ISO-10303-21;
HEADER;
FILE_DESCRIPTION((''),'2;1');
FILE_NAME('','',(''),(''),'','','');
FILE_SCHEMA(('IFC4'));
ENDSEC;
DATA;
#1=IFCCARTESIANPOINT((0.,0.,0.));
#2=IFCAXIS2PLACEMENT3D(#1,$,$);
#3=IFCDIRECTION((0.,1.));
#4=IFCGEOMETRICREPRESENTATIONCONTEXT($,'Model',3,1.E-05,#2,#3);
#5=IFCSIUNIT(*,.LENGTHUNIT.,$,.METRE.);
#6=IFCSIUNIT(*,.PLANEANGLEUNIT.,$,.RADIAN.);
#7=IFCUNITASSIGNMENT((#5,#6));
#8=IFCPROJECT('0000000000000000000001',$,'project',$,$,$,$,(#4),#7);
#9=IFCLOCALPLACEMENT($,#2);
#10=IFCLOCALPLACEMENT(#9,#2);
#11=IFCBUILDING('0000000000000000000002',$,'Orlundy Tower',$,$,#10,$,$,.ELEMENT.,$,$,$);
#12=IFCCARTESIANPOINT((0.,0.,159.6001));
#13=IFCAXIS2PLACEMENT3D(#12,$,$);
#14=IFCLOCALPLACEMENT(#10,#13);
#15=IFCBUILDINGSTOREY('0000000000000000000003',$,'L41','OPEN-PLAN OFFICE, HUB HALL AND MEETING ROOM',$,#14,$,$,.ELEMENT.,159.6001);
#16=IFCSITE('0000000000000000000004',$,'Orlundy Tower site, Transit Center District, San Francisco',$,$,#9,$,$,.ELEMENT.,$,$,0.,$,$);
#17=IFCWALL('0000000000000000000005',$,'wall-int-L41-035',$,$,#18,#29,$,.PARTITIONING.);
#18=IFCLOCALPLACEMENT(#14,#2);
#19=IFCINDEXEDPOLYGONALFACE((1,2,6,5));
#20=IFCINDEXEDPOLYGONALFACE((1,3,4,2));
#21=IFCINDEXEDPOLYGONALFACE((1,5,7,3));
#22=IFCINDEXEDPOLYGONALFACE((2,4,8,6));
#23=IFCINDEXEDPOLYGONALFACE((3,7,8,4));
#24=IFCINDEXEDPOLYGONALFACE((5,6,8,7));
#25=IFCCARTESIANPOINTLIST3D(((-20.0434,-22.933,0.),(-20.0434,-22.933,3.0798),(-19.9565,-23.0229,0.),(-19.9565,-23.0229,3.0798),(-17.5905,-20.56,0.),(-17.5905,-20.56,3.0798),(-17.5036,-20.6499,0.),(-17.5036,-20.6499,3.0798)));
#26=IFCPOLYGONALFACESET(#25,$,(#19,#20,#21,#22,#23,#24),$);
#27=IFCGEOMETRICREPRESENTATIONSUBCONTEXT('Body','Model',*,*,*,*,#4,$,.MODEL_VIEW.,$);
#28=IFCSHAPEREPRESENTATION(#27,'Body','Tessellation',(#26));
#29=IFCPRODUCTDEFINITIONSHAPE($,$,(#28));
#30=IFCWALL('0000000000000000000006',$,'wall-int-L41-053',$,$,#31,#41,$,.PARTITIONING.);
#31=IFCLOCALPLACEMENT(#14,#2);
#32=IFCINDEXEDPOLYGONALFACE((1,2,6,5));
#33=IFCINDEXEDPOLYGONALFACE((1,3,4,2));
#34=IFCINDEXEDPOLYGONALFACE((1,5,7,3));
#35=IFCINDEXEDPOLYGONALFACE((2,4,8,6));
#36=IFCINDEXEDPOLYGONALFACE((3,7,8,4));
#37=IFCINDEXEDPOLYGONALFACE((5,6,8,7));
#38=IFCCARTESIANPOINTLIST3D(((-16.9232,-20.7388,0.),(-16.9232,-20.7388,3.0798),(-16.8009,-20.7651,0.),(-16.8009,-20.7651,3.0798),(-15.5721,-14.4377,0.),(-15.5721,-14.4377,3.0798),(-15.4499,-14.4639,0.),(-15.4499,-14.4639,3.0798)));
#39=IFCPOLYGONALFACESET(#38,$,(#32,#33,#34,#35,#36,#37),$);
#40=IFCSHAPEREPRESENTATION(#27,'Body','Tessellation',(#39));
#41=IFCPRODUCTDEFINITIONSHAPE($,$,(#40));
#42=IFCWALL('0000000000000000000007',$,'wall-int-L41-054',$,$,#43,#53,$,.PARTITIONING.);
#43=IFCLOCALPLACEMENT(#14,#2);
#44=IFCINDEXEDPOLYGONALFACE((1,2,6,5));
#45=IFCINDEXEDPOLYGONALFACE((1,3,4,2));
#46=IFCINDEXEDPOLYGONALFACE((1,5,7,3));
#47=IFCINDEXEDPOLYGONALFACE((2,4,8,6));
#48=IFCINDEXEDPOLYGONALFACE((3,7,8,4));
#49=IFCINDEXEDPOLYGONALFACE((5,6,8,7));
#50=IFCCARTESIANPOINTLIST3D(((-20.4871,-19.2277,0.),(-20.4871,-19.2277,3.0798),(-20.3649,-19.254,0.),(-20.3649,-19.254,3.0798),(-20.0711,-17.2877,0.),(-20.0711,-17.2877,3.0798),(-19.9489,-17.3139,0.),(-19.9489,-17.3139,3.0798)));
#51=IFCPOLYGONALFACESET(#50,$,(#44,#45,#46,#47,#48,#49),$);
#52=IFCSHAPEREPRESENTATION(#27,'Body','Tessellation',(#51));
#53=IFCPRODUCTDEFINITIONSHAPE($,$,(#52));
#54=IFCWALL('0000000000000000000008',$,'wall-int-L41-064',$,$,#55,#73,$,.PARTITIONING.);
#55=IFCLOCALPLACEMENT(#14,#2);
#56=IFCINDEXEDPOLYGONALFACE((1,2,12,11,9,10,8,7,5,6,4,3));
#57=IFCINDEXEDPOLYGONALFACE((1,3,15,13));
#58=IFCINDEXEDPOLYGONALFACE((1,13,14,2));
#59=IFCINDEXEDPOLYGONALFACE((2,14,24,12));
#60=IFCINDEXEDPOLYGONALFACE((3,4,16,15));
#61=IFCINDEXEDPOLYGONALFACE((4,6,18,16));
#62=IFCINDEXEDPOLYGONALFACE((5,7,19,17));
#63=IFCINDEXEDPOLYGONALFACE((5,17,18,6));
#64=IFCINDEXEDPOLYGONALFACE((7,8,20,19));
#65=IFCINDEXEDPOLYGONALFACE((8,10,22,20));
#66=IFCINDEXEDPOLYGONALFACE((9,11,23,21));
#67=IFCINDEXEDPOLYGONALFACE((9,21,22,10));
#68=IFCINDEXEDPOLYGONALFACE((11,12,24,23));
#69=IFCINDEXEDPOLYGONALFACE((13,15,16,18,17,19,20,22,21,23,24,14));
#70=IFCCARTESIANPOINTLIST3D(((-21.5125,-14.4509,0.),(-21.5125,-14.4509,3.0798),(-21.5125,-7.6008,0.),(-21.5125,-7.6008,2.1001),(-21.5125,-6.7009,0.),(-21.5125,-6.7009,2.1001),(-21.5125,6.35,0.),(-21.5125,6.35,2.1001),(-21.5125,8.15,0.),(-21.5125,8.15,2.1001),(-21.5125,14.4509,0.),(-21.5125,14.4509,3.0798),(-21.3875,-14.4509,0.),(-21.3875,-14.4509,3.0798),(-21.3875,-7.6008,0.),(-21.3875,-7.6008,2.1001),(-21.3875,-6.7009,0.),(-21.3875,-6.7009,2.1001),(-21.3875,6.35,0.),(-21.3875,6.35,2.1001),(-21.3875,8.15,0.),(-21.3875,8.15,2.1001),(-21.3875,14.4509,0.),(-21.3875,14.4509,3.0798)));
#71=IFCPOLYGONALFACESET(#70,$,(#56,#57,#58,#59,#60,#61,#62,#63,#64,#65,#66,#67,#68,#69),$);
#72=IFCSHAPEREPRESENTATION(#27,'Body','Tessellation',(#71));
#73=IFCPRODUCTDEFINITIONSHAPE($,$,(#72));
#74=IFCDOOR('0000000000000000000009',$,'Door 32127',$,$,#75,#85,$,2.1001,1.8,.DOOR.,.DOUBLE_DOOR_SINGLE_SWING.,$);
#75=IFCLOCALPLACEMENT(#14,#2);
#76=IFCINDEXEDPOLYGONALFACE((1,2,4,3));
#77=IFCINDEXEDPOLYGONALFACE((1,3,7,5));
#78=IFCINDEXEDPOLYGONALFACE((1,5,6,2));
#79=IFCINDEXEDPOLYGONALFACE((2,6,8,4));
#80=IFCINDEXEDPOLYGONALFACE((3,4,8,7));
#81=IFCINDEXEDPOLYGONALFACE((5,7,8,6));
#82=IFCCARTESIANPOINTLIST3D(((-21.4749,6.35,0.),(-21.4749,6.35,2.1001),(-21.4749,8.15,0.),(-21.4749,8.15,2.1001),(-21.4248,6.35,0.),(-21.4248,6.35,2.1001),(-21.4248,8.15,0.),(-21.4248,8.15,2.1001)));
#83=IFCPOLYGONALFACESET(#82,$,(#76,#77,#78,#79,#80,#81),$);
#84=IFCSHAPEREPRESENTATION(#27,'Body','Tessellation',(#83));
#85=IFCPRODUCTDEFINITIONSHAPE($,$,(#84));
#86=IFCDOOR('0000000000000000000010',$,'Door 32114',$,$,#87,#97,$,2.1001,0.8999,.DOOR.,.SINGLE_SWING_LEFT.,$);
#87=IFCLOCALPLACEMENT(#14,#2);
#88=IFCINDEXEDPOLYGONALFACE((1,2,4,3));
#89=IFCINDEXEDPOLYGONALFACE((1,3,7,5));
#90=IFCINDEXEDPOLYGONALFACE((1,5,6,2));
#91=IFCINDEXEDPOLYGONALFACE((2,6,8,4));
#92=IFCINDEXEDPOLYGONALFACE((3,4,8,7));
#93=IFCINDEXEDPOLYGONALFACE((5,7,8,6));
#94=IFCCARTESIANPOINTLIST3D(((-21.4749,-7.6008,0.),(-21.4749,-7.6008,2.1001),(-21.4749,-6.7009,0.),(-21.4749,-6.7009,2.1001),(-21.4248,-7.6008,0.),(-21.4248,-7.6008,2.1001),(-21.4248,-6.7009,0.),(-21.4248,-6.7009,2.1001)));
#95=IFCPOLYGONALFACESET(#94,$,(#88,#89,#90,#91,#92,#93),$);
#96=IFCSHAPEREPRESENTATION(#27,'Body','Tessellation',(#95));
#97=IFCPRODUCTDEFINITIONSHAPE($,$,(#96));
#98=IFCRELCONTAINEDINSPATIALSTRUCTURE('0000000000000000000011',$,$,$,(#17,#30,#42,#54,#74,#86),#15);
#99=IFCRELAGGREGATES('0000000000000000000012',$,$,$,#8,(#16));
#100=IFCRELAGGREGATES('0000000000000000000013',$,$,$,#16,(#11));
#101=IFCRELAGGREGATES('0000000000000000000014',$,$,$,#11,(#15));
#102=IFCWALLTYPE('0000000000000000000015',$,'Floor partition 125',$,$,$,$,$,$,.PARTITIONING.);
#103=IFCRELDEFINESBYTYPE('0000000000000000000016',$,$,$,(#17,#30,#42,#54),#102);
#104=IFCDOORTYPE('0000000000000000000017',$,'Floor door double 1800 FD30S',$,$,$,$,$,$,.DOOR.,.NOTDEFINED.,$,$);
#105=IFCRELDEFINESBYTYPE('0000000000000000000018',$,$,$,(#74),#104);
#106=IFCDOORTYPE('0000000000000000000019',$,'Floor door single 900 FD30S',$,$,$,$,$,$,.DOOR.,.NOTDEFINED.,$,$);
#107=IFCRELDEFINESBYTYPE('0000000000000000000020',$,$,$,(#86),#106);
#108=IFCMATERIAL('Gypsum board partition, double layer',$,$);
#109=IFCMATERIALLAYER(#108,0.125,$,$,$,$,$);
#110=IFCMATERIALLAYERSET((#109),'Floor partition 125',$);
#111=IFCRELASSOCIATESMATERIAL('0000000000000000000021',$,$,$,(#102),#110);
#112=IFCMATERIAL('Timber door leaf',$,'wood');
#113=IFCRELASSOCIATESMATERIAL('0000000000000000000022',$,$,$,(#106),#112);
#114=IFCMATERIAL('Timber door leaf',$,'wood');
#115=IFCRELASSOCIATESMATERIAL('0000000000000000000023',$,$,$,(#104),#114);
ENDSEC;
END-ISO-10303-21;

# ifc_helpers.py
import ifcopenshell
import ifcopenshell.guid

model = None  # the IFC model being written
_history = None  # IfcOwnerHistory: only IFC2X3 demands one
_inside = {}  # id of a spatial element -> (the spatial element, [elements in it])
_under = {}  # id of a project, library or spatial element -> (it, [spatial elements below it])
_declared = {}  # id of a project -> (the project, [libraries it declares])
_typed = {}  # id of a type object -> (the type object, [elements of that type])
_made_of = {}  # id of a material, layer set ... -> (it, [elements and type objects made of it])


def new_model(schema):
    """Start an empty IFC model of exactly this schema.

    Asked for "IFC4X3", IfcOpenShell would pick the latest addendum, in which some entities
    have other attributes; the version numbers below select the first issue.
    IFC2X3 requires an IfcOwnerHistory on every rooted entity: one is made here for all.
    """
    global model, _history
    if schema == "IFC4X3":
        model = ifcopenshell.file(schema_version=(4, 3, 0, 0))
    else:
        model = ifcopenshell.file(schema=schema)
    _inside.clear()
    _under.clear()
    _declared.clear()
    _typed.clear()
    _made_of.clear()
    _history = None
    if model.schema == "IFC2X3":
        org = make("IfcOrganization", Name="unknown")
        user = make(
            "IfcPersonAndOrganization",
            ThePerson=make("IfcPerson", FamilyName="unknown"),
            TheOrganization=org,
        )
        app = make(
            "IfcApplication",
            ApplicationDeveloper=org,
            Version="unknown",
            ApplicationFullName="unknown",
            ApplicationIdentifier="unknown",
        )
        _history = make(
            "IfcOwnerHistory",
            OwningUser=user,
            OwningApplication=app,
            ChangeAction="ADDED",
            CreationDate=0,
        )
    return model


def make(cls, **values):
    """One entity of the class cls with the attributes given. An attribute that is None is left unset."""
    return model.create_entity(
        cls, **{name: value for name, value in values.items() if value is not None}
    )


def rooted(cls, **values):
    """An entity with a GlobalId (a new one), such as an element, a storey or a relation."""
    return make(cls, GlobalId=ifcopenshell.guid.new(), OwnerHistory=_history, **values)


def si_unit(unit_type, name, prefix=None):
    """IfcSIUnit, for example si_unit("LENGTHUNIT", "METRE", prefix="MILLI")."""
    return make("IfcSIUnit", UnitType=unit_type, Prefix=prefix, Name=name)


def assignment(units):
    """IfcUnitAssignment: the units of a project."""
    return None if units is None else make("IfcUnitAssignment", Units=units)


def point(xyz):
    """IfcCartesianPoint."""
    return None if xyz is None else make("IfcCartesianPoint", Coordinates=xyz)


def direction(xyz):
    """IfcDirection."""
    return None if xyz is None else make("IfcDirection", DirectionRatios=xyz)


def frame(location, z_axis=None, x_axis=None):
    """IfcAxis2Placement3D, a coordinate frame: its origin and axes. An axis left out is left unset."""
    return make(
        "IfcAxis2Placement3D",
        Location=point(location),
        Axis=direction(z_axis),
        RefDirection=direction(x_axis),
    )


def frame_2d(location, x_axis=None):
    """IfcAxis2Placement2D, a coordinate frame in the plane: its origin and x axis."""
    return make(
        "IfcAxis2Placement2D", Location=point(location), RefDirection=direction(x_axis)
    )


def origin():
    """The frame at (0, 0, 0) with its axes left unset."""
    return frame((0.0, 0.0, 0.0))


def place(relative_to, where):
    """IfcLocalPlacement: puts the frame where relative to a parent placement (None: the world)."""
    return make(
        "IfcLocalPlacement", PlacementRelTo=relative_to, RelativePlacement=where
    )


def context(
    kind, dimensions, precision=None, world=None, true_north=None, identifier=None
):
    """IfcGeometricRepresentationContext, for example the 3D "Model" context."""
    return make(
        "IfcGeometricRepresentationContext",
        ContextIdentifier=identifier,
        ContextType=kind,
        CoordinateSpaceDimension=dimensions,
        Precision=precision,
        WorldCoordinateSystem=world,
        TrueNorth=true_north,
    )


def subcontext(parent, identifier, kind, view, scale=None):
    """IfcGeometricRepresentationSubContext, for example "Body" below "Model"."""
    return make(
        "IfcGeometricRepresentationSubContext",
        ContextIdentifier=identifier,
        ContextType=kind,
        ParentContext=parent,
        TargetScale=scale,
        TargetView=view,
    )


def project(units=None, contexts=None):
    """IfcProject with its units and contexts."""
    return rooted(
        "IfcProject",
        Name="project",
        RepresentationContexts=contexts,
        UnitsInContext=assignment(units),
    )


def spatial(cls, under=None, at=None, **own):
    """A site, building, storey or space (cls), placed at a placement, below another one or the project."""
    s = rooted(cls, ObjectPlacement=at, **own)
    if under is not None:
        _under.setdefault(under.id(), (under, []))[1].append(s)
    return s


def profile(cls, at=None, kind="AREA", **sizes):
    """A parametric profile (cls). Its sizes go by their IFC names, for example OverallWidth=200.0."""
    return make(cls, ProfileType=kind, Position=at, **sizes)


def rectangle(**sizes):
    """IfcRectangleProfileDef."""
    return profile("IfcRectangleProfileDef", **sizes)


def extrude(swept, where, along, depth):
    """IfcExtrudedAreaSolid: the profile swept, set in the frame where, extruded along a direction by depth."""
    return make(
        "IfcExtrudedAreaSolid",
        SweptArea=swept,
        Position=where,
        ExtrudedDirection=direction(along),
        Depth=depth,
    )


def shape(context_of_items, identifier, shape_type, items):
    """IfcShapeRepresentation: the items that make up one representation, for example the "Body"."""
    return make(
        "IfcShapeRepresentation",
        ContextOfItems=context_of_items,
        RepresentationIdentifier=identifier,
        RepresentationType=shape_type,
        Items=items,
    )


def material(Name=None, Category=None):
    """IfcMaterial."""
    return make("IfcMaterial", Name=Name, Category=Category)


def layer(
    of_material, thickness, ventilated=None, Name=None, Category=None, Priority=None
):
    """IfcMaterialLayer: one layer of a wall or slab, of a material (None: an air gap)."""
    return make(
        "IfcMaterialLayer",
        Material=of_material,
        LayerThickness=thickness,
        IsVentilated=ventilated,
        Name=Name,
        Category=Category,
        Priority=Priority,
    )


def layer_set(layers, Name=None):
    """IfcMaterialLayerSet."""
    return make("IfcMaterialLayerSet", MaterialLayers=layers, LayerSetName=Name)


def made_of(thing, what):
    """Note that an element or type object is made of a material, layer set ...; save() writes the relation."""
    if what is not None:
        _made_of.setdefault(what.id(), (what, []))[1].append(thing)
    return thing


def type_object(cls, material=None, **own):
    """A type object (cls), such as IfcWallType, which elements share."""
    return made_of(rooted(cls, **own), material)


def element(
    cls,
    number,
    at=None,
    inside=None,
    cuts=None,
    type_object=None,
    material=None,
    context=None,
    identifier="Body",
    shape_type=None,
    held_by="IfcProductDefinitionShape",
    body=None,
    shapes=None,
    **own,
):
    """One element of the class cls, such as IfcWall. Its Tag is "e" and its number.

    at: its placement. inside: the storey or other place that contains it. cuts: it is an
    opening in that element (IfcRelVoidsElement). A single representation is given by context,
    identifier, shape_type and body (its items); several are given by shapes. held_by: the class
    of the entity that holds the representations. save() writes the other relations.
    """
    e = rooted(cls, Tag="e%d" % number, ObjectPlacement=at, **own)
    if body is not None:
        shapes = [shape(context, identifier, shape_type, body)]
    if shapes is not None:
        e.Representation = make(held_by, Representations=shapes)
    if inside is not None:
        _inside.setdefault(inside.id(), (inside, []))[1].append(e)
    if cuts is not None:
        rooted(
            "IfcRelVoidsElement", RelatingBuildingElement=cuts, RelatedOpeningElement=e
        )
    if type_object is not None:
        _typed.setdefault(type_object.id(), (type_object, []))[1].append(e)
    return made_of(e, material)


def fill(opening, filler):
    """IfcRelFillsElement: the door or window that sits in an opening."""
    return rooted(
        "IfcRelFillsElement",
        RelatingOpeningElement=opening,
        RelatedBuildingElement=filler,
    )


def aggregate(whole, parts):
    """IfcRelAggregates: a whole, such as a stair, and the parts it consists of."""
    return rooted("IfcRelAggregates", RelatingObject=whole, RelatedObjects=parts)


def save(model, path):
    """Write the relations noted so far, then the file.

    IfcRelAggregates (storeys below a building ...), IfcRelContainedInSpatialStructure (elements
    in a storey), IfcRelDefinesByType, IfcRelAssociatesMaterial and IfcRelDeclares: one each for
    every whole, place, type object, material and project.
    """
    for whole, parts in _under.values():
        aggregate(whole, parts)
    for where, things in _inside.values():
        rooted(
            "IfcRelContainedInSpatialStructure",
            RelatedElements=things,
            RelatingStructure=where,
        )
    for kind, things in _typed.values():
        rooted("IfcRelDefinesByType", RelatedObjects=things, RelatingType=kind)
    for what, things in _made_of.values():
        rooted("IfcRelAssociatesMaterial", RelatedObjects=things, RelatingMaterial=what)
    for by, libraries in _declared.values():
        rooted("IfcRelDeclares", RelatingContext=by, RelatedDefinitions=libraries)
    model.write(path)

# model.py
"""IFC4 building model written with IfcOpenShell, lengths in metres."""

from ifc_helpers import new_model, si_unit, direction, frame, frame_2d, origin, place, context, subcontext, project, spatial, rectangle, extrude, material, layer, layer_set, type_object, element, fill, save


model = new_model("IFC4")

# Units and contexts
model_context = context("Model", 3, precision=1e-05, world=origin(), true_north=direction((0.0, 1.0)))
body_context = subcontext(model_context, "Body", "Model", "MODEL_VIEW")
ifc_project = project(units=[si_unit("LENGTHUNIT", "METRE"), si_unit("PLANEANGLEUNIT", "RADIAN")], contexts=[model_context])

# Site, building, storey
site_placement = place(None, origin())
site = spatial("IfcSite", under=ifc_project, at=site_placement, Name="Orlundy Tower site, Transit Center District, San Francisco", CompositionType="ELEMENT", RefElevation=0.0)
building_placement = place(site_placement, origin())
building = spatial("IfcBuilding", under=site, at=building_placement, Name="Orlundy Tower", CompositionType="ELEMENT")
storey_placement = place(building_placement, frame((0.0, 0.0, 159.6001)))
storey = spatial("IfcBuildingStorey", under=building, at=storey_placement, Name="L41", Description="OPEN-PLAN OFFICE, HUB HALL AND MEETING ROOM", CompositionType="ELEMENT", Elevation=159.6001)

# Shared definitions
ifc_material_1 = material(Name="Gypsum board partition, double layer")
ifc_layer_1 = layer(ifc_material_1, 0.125)
ifc_layer_set_1 = layer_set([ifc_layer_1], Name="Floor partition 125")
wall_type_1 = type_object("IfcWallType", Name="Floor partition 125", PredefinedType="PARTITIONING", material=ifc_layer_set_1)

# Shared definitions
ifc_material_2 = material(Name="Timber door leaf", Category="wood")
door_type_1 = type_object("IfcDoorType", Name="Floor door single 900 FD30S", OperationType="NOTDEFINED", PredefinedType="DOOR", material=ifc_material_2)

# Walls
wall_1_placement = place(storey_placement, frame((-20.0, -22.978, 0.0), z_axis=(0.0, 0.0, 1.0), x_axis=(0.718706, 0.695314, 0.0)))
element("IfcWall", 1, at=wall_1_placement, inside=storey, type_object=wall_type_1, Name="wall-int-L41-035", PredefinedType="PARTITIONING", context=body_context, shape_type="SweptSolid", body=[
    extrude(rectangle(XDim=3.4128, YDim=0.125, at=frame_2d((1.7065, 0.0))), origin(), (0.0, 0.0, 1.0), 3.0798),
])
wall_2_placement = place(storey_placement, frame((-16.8621, -20.752, 0.0), z_axis=(0.0, 0.0, 1.0), x_axis=(0.209656, 0.977775, 0.0)))
element("IfcWall", 2, at=wall_2_placement, inside=storey, type_object=wall_type_1, Name="wall-int-L41-053", PredefinedType="PARTITIONING", context=body_context, shape_type="SweptSolid", body=[
    extrude(rectangle(XDim=6.4443, YDim=0.125, at=frame_2d((3.2222, 0.0))), origin(), (0.0, 0.0, 1.0), 3.0798),
])
wall_3_placement = place(storey_placement, frame((-20.426, -19.241, 0.0), z_axis=(0.0, 0.0, 1.0), x_axis=(0.20968, 0.97777, 0.0)))
element("IfcWall", 3, at=wall_3_placement, inside=storey, type_object=wall_type_1, Name="wall-int-L41-054", PredefinedType="PARTITIONING", context=body_context, shape_type="SweptSolid", body=[
    extrude(rectangle(XDim=1.9841, YDim=0.125, at=frame_2d((0.9922, 0.0))), origin(), (0.0, 0.0, 1.0), 3.0798),
])

# Wall, openings, doors
wall_4_placement = place(storey_placement, frame((-21.45, -14.4509, 0.0), z_axis=(0.0, 0.0, 1.0), x_axis=(0.0, 1.0, 0.0)))
wall_4 = element("IfcWall", 4, at=wall_4_placement, inside=storey, type_object=wall_type_1, Name="wall-int-L41-064", PredefinedType="PARTITIONING", context=body_context, shape_type="SweptSolid", body=[
    extrude(rectangle(XDim=28.9019, YDim=0.125, at=frame_2d((14.4509, 0.0))), origin(), (0.0, 0.0, 1.0), 3.0798),
])
opening_1_placement = place(wall_4_placement, frame((6.8501, 0.0, 0.0)))
opening_1 = element("IfcOpeningElement", 5, at=opening_1_placement, cuts=wall_4, PredefinedType="OPENING", context=body_context, shape_type="SweptSolid", body=[
    extrude(rectangle(XDim=0.8999, YDim=2.1001, at=frame_2d((0.45, 1.05))), frame((0.0, 0.0725, 0.0), z_axis=(0.0, -1.0, 0.0), x_axis=(1.0, 0.0, 0.0)), (0.0, 0.0, 1.0), 0.145),
])
opening_2_placement = place(wall_4_placement, frame((20.801, 0.0, 0.0)))
opening_2 = element("IfcOpeningElement", 6, at=opening_2_placement, cuts=wall_4, PredefinedType="OPENING", context=body_context, shape_type="SweptSolid", body=[
    extrude(rectangle(XDim=1.8, YDim=2.1001, at=frame_2d((0.8999, 1.05))), frame((0.0, 0.0725, 0.0), z_axis=(0.0, -1.0, 0.0), x_axis=(1.0, 0.0, 0.0)), (0.0, 0.0, 1.0), 0.145),
])
ifc_material_3 = material(Name="Timber door leaf", Category="wood")
door_type_2 = type_object("IfcDoorType", Name="Floor door double 1800 FD30S", OperationType="NOTDEFINED", PredefinedType="DOOR", material=ifc_material_3)
door_1_placement = place(opening_2_placement, origin())
door_1 = element("IfcDoor", 7, at=door_1_placement, inside=storey, type_object=door_type_2, Name="Door 32127", OperationType="DOUBLE_DOOR_SINGLE_SWING", OverallHeight=2.1001, OverallWidth=1.8, PredefinedType="DOOR", context=body_context, shape_type="SweptSolid", body=[
    extrude(rectangle(XDim=1.8, YDim=2.1001, at=frame_2d((0.8999, 1.05))), frame((0.0, 0.0249, 0.0), z_axis=(0.0, -1.0, 0.0), x_axis=(1.0, 0.0, 0.0)), (0.0, 0.0, 1.0), 0.05),
])
fill(opening_2, door_1)
door_2_placement = place(opening_1_placement, origin())
door_2 = element("IfcDoor", 8, at=door_2_placement, inside=storey, type_object=door_type_1, Name="Door 32114", OperationType="SINGLE_SWING_LEFT", OverallHeight=2.1001, OverallWidth=0.8999, PredefinedType="DOOR", context=body_context, shape_type="SweptSolid", body=[
    extrude(rectangle(XDim=0.8999, YDim=2.1001, at=frame_2d((0.45, 1.05))), frame((0.0, 0.0249, 0.0), z_axis=(0.0, -1.0, 0.0), x_axis=(1.0, 0.0, 0.0)), (0.0, 0.0, 1.0), 0.05),
])
fill(opening_1, door_2)

save(model, "model.ifc")
